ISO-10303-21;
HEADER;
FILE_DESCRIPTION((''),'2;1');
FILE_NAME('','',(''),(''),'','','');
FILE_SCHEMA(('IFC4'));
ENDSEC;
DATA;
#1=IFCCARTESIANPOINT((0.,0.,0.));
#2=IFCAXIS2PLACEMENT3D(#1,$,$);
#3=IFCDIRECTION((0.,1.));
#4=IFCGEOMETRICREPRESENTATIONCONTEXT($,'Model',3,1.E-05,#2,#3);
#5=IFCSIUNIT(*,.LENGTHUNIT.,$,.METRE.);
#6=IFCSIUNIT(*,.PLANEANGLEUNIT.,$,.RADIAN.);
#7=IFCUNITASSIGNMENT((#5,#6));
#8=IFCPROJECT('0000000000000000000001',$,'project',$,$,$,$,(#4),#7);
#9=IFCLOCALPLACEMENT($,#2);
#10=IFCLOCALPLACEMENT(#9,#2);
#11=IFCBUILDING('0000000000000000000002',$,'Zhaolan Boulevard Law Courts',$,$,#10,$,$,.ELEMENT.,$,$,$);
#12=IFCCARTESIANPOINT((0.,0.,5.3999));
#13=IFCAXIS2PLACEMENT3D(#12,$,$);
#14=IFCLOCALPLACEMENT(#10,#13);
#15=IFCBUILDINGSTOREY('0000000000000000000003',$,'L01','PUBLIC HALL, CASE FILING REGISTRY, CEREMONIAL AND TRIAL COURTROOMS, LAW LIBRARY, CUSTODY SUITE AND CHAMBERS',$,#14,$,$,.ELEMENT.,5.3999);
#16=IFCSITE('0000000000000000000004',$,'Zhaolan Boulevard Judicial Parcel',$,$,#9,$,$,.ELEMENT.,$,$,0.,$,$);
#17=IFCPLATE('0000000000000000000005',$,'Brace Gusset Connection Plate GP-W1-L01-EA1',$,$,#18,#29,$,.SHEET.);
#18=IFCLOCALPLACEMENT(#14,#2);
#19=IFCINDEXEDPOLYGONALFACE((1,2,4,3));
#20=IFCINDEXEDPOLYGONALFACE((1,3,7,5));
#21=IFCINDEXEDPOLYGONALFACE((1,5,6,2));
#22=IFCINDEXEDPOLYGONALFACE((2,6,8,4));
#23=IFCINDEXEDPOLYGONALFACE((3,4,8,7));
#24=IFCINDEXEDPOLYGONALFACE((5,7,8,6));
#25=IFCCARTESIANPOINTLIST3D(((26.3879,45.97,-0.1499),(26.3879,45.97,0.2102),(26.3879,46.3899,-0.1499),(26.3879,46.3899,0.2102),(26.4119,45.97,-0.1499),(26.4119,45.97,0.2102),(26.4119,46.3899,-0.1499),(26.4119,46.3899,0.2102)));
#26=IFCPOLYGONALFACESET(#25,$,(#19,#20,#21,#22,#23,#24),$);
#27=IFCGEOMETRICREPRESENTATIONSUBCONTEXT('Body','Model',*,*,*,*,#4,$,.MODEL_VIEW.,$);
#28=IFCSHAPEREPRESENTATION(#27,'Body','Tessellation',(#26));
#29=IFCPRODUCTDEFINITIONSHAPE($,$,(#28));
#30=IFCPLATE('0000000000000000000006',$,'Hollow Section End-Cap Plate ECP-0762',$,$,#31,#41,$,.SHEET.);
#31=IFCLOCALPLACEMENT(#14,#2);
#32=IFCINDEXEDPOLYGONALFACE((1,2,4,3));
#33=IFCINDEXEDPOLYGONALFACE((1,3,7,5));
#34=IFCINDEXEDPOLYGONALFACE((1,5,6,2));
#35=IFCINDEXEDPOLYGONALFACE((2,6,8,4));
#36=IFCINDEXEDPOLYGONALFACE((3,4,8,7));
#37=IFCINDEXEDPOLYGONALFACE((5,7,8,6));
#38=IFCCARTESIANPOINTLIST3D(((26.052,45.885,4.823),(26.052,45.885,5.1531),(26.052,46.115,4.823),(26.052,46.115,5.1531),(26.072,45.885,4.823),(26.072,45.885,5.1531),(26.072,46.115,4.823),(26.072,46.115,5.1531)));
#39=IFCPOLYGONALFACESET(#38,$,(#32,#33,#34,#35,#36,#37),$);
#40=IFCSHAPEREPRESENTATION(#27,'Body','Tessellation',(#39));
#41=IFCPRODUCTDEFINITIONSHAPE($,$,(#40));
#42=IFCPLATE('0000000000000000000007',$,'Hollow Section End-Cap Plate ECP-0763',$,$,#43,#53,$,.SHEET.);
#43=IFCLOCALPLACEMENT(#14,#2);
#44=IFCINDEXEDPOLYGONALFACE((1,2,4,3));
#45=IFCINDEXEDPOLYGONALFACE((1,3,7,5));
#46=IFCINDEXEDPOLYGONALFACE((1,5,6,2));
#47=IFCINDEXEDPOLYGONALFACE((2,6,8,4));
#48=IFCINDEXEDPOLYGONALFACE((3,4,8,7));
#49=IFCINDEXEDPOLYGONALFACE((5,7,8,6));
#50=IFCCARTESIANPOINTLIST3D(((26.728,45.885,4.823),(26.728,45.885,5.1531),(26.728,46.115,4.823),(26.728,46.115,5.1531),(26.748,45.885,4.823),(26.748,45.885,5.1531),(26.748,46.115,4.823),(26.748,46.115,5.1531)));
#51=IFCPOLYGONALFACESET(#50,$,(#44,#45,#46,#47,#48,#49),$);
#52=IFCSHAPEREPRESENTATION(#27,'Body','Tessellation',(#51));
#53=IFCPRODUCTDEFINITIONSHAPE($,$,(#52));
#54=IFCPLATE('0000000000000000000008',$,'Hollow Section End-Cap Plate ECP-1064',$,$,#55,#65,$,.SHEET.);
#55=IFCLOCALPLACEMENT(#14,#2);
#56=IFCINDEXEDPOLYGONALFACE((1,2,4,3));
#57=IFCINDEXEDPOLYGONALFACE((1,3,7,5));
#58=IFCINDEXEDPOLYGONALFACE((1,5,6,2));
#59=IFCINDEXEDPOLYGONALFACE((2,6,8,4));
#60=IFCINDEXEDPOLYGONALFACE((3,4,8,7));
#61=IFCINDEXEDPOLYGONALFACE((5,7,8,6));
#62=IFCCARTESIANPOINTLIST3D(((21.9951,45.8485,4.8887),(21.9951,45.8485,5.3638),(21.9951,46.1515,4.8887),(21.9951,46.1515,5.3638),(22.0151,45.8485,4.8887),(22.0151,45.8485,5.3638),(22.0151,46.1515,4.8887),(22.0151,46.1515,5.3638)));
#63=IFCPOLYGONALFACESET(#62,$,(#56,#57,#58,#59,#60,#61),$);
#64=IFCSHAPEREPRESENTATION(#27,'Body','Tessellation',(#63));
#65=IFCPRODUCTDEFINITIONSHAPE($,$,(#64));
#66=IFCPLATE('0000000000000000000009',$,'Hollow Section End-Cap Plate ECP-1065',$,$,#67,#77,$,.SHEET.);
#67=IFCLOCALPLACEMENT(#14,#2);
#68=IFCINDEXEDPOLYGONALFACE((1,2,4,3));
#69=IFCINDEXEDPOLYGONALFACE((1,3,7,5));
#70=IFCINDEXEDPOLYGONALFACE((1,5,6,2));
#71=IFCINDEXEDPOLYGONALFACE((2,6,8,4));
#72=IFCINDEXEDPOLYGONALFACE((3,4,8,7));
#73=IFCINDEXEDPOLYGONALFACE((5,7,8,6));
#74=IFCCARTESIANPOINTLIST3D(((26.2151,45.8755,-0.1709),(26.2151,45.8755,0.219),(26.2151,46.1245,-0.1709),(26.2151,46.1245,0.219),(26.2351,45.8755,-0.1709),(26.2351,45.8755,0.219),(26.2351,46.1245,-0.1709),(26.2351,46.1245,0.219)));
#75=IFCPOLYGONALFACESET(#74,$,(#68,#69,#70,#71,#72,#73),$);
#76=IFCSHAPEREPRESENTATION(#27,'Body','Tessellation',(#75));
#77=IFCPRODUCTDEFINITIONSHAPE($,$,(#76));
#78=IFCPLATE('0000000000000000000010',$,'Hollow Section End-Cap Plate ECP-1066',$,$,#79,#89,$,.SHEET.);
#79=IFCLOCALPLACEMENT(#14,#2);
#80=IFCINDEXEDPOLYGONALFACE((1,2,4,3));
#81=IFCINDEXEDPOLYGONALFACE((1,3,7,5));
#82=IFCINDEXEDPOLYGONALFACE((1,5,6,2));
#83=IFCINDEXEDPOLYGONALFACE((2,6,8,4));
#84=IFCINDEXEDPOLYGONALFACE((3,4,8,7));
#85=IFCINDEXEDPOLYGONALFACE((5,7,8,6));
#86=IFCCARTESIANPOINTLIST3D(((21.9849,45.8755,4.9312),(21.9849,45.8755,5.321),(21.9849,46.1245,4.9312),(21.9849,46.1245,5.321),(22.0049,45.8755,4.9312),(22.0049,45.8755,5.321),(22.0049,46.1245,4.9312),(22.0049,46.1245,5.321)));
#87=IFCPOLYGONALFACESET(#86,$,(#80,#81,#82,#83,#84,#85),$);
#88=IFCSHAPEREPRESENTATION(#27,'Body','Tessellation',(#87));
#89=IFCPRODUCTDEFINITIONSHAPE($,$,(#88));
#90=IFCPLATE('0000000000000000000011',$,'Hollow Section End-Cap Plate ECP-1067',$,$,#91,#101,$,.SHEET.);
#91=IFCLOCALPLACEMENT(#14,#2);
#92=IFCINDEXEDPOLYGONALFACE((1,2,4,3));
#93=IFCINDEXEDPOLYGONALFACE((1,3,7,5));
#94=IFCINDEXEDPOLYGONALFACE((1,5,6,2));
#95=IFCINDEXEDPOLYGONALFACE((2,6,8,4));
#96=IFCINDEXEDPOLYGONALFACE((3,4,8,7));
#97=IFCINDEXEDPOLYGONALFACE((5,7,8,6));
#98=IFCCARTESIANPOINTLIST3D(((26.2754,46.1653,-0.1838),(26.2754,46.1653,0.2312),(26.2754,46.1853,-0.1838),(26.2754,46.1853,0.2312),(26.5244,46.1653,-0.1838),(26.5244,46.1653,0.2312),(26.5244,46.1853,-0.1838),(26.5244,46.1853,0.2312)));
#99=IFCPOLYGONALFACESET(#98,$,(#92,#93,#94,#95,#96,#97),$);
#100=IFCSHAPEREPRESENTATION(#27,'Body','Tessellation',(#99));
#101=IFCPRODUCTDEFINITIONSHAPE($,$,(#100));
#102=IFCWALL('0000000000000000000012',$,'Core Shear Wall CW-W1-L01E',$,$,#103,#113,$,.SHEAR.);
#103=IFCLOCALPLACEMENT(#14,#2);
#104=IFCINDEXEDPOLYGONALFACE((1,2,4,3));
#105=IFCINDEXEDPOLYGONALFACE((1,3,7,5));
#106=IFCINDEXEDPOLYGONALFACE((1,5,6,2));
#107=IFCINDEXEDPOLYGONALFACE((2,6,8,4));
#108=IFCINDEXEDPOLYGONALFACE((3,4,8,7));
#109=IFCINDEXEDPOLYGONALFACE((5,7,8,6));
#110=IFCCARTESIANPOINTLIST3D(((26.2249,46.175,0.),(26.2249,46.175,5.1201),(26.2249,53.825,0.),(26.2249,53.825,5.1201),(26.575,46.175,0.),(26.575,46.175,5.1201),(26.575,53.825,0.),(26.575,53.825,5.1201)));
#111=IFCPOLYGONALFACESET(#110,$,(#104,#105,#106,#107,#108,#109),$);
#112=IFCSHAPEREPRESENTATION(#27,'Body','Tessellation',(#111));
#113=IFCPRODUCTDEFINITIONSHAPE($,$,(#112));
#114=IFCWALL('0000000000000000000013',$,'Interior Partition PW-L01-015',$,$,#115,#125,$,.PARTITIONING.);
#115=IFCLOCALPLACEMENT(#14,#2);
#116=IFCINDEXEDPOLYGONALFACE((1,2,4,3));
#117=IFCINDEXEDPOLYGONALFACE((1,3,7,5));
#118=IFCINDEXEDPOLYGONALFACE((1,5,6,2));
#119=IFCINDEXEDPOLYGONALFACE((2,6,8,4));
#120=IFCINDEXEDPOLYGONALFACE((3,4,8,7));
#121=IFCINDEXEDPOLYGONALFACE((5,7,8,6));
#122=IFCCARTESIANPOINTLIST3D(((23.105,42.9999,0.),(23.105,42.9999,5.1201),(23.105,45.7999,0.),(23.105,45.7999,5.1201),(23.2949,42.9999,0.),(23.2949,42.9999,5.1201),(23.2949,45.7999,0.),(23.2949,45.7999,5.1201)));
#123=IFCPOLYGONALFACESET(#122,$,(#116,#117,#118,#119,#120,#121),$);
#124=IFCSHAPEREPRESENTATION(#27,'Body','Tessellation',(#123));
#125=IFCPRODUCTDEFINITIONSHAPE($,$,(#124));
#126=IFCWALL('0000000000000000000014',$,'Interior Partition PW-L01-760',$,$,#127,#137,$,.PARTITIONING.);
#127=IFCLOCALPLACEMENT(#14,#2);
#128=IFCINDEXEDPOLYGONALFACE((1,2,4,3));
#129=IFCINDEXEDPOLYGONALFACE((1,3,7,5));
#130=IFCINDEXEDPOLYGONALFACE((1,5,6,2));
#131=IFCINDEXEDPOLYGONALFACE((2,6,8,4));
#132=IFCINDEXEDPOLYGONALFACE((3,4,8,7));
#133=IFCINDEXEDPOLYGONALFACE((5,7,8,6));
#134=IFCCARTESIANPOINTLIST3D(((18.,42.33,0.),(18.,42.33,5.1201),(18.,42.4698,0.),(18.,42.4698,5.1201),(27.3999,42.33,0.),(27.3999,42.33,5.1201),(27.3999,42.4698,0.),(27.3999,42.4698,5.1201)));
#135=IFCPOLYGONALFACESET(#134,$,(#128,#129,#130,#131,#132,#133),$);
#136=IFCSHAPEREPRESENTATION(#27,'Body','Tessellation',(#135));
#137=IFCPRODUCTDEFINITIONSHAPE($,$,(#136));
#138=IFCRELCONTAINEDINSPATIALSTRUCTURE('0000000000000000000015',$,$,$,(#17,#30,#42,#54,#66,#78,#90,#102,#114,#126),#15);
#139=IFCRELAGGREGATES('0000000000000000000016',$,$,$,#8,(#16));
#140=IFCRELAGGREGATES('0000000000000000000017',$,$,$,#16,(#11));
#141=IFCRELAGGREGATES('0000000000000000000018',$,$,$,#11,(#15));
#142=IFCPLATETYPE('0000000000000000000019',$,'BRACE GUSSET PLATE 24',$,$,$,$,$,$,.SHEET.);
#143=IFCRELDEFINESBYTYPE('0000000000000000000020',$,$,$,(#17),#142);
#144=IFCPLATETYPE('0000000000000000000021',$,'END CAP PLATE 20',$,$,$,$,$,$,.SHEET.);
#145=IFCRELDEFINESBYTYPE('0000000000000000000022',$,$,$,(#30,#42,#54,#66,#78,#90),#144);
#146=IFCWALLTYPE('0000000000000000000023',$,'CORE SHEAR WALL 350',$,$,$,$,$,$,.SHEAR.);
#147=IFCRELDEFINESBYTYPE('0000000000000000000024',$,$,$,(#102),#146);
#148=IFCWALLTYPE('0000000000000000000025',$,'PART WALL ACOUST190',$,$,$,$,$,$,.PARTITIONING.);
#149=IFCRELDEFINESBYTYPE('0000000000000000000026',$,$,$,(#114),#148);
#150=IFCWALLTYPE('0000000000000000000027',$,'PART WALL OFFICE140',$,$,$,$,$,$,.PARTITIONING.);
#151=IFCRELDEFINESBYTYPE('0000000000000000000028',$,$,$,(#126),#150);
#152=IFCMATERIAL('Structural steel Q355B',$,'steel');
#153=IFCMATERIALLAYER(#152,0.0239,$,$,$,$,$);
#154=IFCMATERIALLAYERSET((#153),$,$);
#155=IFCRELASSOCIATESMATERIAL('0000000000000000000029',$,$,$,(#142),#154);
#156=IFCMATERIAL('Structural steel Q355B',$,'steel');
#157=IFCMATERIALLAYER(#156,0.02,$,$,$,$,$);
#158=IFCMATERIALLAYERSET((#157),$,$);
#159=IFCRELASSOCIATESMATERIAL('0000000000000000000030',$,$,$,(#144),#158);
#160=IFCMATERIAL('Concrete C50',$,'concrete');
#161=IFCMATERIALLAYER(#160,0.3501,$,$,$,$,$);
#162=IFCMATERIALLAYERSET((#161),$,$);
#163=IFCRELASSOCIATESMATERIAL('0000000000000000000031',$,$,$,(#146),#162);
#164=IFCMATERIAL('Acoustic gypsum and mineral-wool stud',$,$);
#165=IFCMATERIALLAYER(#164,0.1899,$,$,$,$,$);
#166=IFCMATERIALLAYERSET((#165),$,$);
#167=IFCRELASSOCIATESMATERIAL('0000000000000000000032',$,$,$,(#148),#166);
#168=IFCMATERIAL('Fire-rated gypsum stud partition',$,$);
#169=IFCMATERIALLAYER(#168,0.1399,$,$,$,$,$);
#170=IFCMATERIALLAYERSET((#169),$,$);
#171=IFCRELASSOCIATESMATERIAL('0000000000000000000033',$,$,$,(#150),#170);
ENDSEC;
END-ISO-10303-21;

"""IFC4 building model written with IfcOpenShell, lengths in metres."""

from ifc_helpers import new_model, si_unit, direction, frame, frame_2d, origin, origin_2d, place, context, subcontext, project, spatial, rectangle, extrude, material, layer, layer_set, type_object, element, save


model = new_model("IFC4")

# Units and contexts
model_context = context("Model", 3, precision=1e-05, world=origin(), true_north=direction((0.0, 1.0)))
body_context = subcontext(model_context, "Body", "Model", "MODEL_VIEW")
ifc_project = project(units=[si_unit("LENGTHUNIT", "METRE"), si_unit("PLANEANGLEUNIT", "RADIAN")], contexts=[model_context])

# Site, building, storey
site_placement = place(None, origin())
site = spatial("IfcSite", under=ifc_project, at=site_placement, Name="Zhaolan Boulevard Judicial Parcel", CompositionType="ELEMENT", RefElevation=0.0)
building_placement = place(site_placement, origin())
building = spatial("IfcBuilding", under=site, at=building_placement, Name="Zhaolan Boulevard Law Courts", CompositionType="ELEMENT")
storey_placement = place(building_placement, frame((0.0, 0.0, 5.3999)))
storey = spatial("IfcBuildingStorey", under=building, at=storey_placement, Name="L01", Description="PUBLIC HALL, CASE FILING REGISTRY, CEREMONIAL AND TRIAL COURTROOMS, LAW LIBRARY, CUSTODY SUITE AND CHAMBERS", CompositionType="ELEMENT", Elevation=5.3999)

# Plates
ifc_material_1 = material(Name="Structural steel Q355B", Category="steel")
ifc_layer_1 = layer(ifc_material_1, 0.0239)
ifc_layer_set_1 = layer_set([ifc_layer_1])
plate_type_1 = type_object("IfcPlateType", Name="BRACE GUSSET PLATE 24", PredefinedType="SHEET", material=ifc_layer_set_1)
for number, where, z_axis, x_axis, name in (
    (1, (26.3999, 46.1799, -0.1499), (0.0, 0.0, 1.0), (0.0, 1.0, 0.0), "Brace Gusset Connection Plate GP-W1-L01-EA1"),
):
    element("IfcPlate", number, at=place(storey_placement, frame(where, z_axis=z_axis, x_axis=x_axis)), inside=storey, type_object=plate_type_1, Name=name, PredefinedType="SHEET", context=body_context, shape_type="SweptSolid", body=[
        extrude(rectangle(XDim=0.4199, YDim=0.0239, at=origin_2d()), origin(), (0.0, 0.0, 1.0), 0.3601),
    ])
ifc_material_2 = material(Name="Structural steel Q355B", Category="steel")
ifc_layer_2 = layer(ifc_material_2, 0.02)
ifc_layer_set_2 = layer_set([ifc_layer_2])
plate_type_2 = type_object("IfcPlateType", Name="END CAP PLATE 20", PredefinedType="SHEET", material=ifc_layer_set_2)
for number, where, z_axis, x_axis, name in (
    (2, (26.062, 46.0, 4.823), (0.0, 0.0, 1.0), (1.0, 0.0, 0.0), "Hollow Section End-Cap Plate ECP-0762"),
    (3, (26.738, 46.0, 4.823), (0.0, 0.0, 1.0), (1.0, 0.0, 0.0), "Hollow Section End-Cap Plate ECP-0763"),
):
    element("IfcPlate", number, at=place(storey_placement, frame(where, z_axis=z_axis, x_axis=x_axis)), inside=storey, type_object=plate_type_2, Name=name, PredefinedType="SHEET", context=body_context, shape_type="SweptSolid", body=[
        extrude(rectangle(XDim=0.02, YDim=0.23, at=origin_2d()), origin(), (0.0, 0.0, 1.0), 0.3301),
    ])
plate_1_placement = place(storey_placement, frame((22.0051, 46.0, 4.8887), z_axis=(0.0, 0.0, 1.0), x_axis=(1.0, 0.0, 0.0)))
element("IfcPlate", 4, at=plate_1_placement, inside=storey, type_object=plate_type_2, Name="Hollow Section End-Cap Plate ECP-1064", PredefinedType="SHEET", context=body_context, shape_type="SweptSolid", body=[
    extrude(rectangle(XDim=0.02, YDim=0.303, at=origin_2d()), origin(), (0.0, 0.0, 1.0), 0.4751),
])
for number, where, z_axis, x_axis, name in (
    (5, (26.2251, 46.0, -0.1709), (0.0, 0.0, 1.0), (-1.0, 0.0, 0.0), "Hollow Section End-Cap Plate ECP-1065"),
    (6, (21.9949, 46.0, 4.9312), (0.0, 0.0, 1.0), (-1.0, 0.0, 0.0), "Hollow Section End-Cap Plate ECP-1066"),
):
    element("IfcPlate", number, at=place(storey_placement, frame(where, z_axis=z_axis, x_axis=x_axis)), inside=storey, type_object=plate_type_2, Name=name, PredefinedType="SHEET", context=body_context, shape_type="SweptSolid", body=[
        extrude(rectangle(XDim=0.02, YDim=0.249, at=origin_2d()), origin(), (0.0, 0.0, 1.0), 0.3899),
    ])
plate_2_placement = place(storey_placement, frame((26.3999, 46.1753, -0.1838), z_axis=(0.0, 0.0, 1.0), x_axis=(0.0, 1.0, 0.0)))
element("IfcPlate", 7, at=plate_2_placement, inside=storey, type_object=plate_type_2, Name="Hollow Section End-Cap Plate ECP-1067", PredefinedType="SHEET", context=body_context, shape_type="SweptSolid", body=[
    extrude(rectangle(XDim=0.02, YDim=0.249, at=origin_2d()), origin(), (0.0, 0.0, 1.0), 0.415),
])

# Walls
ifc_material_3 = material(Name="Concrete C50", Category="concrete")
ifc_layer_3 = layer(ifc_material_3, 0.3501)
ifc_layer_set_3 = layer_set([ifc_layer_3])
wall_type_1 = type_object("IfcWallType", Name="CORE SHEAR WALL 350", PredefinedType="SHEAR", material=ifc_layer_set_3)
wall_1_placement = place(storey_placement, frame((26.3999, 46.175, 0.0), z_axis=(0.0, 0.0, 1.0), x_axis=(0.0, 1.0, 0.0)))
element("IfcWall", 8, at=wall_1_placement, inside=storey, type_object=wall_type_1, Name="Core Shear Wall CW-W1-L01E", PredefinedType="SHEAR", context=body_context, shape_type="SweptSolid", body=[
    extrude(rectangle(XDim=7.6499, YDim=0.3501, at=frame_2d((3.825, 0.0))), origin(), (0.0, 0.0, 1.0), 5.1201),
])
ifc_material_4 = material(Name="Acoustic gypsum and mineral-wool stud")
ifc_layer_4 = layer(ifc_material_4, 0.1899)
ifc_layer_set_4 = layer_set([ifc_layer_4])
wall_type_2 = type_object("IfcWallType", Name="PART WALL ACOUST190", PredefinedType="PARTITIONING", material=ifc_layer_set_4)
wall_2_placement = place(storey_placement, frame((23.2, 43.0, 0.0), z_axis=(0.0, 0.0, 1.0), x_axis=(0.0, 1.0, 0.0)))
element("IfcWall", 9, at=wall_2_placement, inside=storey, type_object=wall_type_2, Name="Interior Partition PW-L01-015", PredefinedType="PARTITIONING", context=body_context, shape_type="SweptSolid", body=[
    extrude(rectangle(XDim=2.8, YDim=0.1899, at=frame_2d((1.3999, 0.0))), origin(), (0.0, 0.0, 1.0), 5.1201),
])
ifc_material_5 = material(Name="Fire-rated gypsum stud partition")
ifc_layer_5 = layer(ifc_material_5, 0.1399)
ifc_layer_set_5 = layer_set([ifc_layer_5])
wall_type_3 = type_object("IfcWallType", Name="PART WALL OFFICE140", PredefinedType="PARTITIONING", material=ifc_layer_set_5)
wall_3_placement = place(storey_placement, frame((27.3999, 42.3999, 0.0), z_axis=(0.0, 0.0, 1.0), x_axis=(-1.0, 0.0, 0.0)))
element("IfcWall", 10, at=wall_3_placement, inside=storey, type_object=wall_type_3, Name="Interior Partition PW-L01-760", PredefinedType="PARTITIONING", context=body_context, shape_type="SweptSolid", body=[
    extrude(rectangle(XDim=9.3999, YDim=0.1399, at=frame_2d((4.7, 0.0))), origin(), (0.0, 0.0, 1.0), 5.1201),
])

save(model, "model.ifc")
